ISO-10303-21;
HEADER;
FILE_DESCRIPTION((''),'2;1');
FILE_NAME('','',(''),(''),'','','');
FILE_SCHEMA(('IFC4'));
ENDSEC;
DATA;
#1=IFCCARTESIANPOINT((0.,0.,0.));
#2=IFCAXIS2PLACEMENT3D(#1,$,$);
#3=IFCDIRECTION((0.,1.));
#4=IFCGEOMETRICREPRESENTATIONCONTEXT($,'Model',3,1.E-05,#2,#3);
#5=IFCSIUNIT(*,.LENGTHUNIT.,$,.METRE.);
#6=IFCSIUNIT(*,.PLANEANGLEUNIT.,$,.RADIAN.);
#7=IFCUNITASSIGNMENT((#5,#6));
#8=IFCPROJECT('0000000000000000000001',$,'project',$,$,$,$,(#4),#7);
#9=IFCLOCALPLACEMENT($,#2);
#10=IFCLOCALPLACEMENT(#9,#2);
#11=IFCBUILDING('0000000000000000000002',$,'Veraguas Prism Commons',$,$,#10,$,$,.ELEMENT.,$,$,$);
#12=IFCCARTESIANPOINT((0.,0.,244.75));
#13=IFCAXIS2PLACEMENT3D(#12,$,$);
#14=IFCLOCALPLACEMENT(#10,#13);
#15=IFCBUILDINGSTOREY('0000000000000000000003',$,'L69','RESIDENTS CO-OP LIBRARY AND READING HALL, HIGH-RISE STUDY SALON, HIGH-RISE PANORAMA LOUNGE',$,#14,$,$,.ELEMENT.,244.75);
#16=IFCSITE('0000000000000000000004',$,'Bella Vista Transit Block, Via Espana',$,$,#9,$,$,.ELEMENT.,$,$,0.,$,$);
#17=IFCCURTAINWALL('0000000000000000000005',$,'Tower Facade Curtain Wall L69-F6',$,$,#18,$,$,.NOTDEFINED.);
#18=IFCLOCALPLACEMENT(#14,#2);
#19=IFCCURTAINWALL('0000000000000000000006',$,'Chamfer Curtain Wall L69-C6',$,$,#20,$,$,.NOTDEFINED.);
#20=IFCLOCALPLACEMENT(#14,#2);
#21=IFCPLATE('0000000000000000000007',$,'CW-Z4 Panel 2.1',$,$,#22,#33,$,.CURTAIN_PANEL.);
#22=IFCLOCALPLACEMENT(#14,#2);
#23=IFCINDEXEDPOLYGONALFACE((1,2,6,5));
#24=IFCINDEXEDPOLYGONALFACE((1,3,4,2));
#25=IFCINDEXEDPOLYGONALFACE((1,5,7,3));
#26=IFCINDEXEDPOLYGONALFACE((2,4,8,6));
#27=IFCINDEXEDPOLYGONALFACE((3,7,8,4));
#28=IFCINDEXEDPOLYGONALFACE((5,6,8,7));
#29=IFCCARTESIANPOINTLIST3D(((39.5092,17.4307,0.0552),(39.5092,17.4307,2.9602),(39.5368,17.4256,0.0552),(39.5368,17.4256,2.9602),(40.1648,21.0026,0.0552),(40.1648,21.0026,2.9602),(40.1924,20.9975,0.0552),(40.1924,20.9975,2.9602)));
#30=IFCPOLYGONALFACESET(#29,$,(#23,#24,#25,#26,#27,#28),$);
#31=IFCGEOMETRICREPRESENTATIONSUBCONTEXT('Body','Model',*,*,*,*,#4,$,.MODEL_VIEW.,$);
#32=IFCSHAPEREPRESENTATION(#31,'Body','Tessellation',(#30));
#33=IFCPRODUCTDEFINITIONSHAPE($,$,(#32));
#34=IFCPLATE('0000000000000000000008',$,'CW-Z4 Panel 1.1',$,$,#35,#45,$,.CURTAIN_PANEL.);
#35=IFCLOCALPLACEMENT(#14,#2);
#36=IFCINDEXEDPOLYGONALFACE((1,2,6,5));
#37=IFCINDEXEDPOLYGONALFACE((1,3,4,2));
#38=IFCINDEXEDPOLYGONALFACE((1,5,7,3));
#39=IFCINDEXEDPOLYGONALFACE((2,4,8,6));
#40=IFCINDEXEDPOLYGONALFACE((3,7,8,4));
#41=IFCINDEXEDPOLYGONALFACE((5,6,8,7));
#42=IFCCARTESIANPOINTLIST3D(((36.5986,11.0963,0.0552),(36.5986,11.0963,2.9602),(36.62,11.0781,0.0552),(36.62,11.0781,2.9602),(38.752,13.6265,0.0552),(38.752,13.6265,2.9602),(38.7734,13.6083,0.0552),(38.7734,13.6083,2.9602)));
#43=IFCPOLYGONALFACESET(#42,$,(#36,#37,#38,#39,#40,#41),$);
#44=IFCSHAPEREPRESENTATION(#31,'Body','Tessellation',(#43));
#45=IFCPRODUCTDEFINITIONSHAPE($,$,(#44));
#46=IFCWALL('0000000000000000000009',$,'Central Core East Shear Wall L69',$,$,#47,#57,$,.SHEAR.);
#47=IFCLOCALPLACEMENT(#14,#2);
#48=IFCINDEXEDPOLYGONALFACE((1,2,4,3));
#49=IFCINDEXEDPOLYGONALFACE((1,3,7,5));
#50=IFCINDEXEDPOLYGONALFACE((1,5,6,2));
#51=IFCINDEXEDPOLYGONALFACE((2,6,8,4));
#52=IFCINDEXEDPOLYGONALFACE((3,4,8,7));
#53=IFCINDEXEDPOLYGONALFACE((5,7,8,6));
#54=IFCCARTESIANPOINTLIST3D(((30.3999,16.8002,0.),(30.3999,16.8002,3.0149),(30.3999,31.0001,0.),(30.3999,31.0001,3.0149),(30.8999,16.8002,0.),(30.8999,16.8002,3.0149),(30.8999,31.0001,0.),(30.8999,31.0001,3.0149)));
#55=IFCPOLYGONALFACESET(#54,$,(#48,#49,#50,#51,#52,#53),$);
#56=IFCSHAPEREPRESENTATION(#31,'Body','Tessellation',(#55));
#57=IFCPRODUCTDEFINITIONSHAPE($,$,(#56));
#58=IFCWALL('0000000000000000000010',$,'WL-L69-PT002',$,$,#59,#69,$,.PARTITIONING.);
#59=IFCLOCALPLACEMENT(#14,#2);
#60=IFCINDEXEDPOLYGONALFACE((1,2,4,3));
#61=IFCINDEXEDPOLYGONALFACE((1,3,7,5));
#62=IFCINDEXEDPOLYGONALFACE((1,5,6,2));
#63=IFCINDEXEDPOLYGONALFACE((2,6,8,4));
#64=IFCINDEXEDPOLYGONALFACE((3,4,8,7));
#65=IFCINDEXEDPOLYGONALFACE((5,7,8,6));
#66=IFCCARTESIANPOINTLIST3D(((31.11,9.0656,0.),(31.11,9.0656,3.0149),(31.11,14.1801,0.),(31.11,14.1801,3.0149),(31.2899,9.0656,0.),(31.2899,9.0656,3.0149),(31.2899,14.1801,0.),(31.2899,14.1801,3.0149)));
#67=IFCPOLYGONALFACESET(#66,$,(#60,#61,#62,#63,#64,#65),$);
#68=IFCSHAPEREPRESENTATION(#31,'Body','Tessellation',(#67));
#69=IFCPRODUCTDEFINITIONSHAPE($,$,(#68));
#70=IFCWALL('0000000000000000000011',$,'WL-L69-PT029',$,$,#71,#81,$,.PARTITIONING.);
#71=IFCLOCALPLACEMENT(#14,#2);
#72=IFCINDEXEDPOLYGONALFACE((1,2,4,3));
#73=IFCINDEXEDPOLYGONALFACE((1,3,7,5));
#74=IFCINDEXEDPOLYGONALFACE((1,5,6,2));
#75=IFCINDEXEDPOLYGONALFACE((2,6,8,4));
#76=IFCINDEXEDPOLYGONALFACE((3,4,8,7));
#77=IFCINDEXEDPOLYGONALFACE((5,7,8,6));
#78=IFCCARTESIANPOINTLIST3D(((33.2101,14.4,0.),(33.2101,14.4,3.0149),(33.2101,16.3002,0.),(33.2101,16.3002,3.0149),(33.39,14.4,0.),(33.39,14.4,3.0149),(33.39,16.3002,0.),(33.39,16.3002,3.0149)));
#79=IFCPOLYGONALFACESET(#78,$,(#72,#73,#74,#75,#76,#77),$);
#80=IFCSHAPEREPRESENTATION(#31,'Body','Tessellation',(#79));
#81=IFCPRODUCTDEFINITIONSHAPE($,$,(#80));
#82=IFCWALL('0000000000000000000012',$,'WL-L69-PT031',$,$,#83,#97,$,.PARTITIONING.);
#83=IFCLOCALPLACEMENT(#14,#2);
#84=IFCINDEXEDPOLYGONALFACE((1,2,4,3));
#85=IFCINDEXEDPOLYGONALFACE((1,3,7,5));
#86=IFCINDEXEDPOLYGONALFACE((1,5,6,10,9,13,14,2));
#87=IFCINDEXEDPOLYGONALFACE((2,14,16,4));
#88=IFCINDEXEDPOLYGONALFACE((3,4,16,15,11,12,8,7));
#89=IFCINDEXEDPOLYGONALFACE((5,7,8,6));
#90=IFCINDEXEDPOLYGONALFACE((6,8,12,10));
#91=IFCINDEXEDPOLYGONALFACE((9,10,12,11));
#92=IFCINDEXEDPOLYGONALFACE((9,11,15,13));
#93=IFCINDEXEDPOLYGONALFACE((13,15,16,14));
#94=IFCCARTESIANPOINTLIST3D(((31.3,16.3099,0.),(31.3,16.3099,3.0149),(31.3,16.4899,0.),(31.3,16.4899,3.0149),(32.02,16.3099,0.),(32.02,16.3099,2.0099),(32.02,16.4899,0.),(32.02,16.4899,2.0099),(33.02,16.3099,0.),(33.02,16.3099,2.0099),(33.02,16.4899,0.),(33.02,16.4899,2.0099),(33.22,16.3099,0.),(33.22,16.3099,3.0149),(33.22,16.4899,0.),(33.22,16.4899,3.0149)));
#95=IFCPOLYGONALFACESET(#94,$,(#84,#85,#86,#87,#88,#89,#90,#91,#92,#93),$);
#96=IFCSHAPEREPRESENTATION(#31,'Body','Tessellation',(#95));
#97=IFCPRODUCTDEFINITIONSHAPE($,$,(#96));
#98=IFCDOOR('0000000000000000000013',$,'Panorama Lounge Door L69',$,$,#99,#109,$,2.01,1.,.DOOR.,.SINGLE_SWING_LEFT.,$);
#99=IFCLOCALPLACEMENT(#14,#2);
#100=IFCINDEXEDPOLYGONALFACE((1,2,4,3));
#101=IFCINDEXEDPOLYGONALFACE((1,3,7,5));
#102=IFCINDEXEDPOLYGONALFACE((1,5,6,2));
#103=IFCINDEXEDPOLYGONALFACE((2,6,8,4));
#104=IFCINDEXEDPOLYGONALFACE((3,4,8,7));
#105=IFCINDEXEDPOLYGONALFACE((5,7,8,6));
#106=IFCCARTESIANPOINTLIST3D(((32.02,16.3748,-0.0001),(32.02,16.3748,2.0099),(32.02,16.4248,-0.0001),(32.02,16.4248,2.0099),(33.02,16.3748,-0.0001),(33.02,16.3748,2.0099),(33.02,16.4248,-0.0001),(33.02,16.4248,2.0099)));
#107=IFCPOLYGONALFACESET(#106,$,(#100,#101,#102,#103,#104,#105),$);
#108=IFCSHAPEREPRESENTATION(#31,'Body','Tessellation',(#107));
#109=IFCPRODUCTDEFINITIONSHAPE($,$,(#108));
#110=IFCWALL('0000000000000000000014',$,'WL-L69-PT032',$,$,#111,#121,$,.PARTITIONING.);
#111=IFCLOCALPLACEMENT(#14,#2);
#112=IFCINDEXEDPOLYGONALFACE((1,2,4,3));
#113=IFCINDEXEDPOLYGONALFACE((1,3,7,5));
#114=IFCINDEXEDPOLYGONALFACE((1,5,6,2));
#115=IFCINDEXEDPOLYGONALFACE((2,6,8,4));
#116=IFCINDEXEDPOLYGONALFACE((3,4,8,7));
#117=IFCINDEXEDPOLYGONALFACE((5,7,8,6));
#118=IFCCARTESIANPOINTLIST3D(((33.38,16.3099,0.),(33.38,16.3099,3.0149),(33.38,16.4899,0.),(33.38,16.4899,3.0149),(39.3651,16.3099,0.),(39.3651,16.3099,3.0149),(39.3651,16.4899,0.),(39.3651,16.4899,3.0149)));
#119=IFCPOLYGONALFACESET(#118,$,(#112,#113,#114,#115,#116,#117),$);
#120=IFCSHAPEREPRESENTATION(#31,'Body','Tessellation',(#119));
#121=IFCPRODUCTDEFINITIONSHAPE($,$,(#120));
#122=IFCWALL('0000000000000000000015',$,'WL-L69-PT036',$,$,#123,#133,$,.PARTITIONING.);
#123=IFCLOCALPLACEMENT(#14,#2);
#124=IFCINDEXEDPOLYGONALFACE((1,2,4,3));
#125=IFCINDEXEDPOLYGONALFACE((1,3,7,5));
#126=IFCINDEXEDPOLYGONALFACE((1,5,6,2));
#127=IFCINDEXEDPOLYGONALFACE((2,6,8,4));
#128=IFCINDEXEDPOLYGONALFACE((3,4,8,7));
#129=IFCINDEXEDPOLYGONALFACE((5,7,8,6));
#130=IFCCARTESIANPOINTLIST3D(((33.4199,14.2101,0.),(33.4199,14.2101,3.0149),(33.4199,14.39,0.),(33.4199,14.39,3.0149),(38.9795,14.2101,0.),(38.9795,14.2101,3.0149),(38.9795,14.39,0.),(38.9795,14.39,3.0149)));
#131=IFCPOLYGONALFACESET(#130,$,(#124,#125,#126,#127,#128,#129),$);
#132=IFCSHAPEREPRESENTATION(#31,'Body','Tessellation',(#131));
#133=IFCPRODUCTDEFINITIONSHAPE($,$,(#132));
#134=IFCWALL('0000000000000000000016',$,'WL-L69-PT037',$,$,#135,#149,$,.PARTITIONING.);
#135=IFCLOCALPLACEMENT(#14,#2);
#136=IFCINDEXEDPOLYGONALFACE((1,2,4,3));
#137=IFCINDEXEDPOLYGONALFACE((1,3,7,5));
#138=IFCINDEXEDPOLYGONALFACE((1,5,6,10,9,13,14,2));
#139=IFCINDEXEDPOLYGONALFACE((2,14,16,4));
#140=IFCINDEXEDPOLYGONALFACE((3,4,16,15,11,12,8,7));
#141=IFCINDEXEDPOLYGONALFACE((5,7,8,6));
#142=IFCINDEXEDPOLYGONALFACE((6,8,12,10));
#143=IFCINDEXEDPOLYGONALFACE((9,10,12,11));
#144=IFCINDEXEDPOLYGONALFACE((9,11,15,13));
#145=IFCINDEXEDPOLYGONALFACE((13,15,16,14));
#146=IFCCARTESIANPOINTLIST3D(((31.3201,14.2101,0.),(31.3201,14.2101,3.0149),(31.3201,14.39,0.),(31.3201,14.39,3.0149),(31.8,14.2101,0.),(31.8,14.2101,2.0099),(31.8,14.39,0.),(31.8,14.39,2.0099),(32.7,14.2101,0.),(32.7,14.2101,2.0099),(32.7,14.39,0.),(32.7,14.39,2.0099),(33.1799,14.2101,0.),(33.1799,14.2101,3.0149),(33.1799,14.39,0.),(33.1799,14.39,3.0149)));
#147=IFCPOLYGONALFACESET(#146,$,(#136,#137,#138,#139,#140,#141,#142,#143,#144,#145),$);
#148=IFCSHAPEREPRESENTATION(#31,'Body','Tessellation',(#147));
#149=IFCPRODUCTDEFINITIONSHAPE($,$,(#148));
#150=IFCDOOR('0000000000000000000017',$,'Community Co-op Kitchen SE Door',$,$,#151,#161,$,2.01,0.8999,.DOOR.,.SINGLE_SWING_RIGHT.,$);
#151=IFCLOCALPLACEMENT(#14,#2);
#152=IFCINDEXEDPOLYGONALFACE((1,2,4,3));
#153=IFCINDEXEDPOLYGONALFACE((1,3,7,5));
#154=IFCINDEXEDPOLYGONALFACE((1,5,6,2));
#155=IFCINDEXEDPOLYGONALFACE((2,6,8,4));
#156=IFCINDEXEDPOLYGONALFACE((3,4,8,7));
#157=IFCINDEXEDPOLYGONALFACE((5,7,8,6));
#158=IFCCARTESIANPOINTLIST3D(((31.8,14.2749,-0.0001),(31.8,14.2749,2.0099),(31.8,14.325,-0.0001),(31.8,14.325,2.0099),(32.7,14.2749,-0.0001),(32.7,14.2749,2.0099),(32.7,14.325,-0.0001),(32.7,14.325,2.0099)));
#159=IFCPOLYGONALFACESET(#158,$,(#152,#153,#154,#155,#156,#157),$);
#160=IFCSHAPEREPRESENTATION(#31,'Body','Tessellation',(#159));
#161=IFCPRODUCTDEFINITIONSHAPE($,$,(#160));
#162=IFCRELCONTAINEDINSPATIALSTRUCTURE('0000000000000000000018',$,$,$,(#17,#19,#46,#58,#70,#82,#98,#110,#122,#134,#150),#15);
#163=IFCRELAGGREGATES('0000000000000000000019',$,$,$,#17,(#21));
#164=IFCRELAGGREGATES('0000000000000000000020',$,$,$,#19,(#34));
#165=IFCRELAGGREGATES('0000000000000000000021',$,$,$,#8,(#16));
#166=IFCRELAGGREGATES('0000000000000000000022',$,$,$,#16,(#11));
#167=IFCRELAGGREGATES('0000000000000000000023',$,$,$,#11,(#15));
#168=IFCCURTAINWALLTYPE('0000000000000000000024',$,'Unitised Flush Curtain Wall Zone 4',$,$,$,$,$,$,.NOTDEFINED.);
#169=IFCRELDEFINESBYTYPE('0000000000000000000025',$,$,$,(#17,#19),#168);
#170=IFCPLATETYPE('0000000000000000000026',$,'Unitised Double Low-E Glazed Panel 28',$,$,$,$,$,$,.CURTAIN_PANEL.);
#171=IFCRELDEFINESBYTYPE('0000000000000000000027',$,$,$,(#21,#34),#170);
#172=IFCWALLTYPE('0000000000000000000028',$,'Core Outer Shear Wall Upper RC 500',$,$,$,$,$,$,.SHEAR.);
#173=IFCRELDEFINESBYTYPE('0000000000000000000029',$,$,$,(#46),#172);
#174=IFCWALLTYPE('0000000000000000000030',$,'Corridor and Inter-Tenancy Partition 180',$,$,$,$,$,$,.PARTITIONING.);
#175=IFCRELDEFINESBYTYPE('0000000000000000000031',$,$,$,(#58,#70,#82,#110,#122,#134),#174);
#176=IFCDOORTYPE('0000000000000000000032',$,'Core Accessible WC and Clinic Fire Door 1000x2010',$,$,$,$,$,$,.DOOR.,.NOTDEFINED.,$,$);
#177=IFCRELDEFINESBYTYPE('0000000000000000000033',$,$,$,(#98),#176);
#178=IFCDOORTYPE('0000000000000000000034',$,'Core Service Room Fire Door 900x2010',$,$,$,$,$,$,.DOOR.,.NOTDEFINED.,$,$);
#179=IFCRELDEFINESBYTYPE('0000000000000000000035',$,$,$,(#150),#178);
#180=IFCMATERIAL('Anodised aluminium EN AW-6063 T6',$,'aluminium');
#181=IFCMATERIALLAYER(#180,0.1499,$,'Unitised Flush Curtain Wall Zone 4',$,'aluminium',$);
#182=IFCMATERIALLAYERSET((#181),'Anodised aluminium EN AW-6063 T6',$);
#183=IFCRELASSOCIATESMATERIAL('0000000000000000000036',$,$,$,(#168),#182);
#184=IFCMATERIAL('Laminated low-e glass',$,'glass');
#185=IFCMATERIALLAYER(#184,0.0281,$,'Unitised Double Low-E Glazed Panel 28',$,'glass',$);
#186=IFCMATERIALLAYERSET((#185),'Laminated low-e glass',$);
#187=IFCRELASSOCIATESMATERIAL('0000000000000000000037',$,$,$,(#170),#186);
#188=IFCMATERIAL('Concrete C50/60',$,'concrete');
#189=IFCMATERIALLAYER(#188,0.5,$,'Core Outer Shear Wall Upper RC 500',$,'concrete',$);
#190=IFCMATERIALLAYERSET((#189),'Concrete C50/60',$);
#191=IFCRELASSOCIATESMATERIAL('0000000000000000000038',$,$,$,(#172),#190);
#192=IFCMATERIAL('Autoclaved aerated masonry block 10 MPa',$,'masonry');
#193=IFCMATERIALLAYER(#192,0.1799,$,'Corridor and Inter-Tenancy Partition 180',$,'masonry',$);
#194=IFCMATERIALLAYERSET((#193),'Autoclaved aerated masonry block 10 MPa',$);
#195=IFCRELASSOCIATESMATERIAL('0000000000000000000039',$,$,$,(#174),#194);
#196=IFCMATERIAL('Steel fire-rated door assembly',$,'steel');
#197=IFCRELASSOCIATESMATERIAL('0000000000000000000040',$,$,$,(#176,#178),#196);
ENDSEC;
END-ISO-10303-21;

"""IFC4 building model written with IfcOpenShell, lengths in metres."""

from ifc_helpers import new_model, si_unit, direction, frame, frame_2d, origin, origin_2d, place, context, subcontext, project, spatial, rectangle, extrude, source, transform, mapped, material, layer, layer_set, type_object, element, fill, aggregate, save


model = new_model("IFC4")

# Units and contexts
model_context = context("Model", 3, precision=1e-05, world=origin(), true_north=direction((0.0, 1.0)))
body_context = subcontext(model_context, "Body", "Model", "MODEL_VIEW")
ifc_project = project(units=[si_unit("LENGTHUNIT", "METRE"), si_unit("PLANEANGLEUNIT", "RADIAN")], contexts=[model_context])

# Site, building, storey
site_placement = place(None, origin())
site = spatial("IfcSite", under=ifc_project, at=site_placement, Name="Bella Vista Transit Block, Via Espana", CompositionType="ELEMENT", RefElevation=0.0)
building_placement = place(site_placement, origin())
building = spatial("IfcBuilding", under=site, at=building_placement, Name="Veraguas Prism Commons", CompositionType="ELEMENT")
storey_placement = place(building_placement, frame((0.0, 0.0, 244.75)))
storey = spatial("IfcBuildingStorey", under=building, at=storey_placement, Name="L69", Description="RESIDENTS CO-OP LIBRARY AND READING HALL, HIGH-RISE STUDY SALON, HIGH-RISE PANORAMA LOUNGE", CompositionType="ELEMENT", Elevation=244.75)

# Shared definitions
ifc_material_1 = material(Name="Concrete C50/60", Category="concrete")

# Curtain walls
ifc_material_2 = material(Name="Anodised aluminium EN AW-6063 T6", Category="aluminium")
ifc_layer_1 = layer(ifc_material_2, 0.1499, Name="Unitised Flush Curtain Wall Zone 4", Category="aluminium")
ifc_layer_set_1 = layer_set([ifc_layer_1], Name="Anodised aluminium EN AW-6063 T6")
curtain_wall_type = type_object("IfcCurtainWallType", Name="Unitised Flush Curtain Wall Zone 4", PredefinedType="NOTDEFINED", material=ifc_layer_set_1)
curtain_wall_1_placement = place(storey_placement, origin())
curtain_wall_1 = element("IfcCurtainWall", 1, at=curtain_wall_1_placement, inside=storey, type_object=curtain_wall_type, Name="Tower Facade Curtain Wall L69-F6", PredefinedType="NOTDEFINED")
curtain_wall_2_placement = place(storey_placement, origin())
curtain_wall_2 = element("IfcCurtainWall", 2, at=curtain_wall_2_placement, inside=storey, type_object=curtain_wall_type, Name="Chamfer Curtain Wall L69-C6", PredefinedType="NOTDEFINED")

# Plates
ifc_material_3 = material(Name="Laminated low-e glass", Category="glass")
ifc_layer_2 = layer(ifc_material_3, 0.0281, Name="Unitised Double Low-E Glazed Panel 28", Category="glass")
ifc_layer_set_2 = layer_set([ifc_layer_2], Name="Laminated low-e glass")
plate_type = type_object("IfcPlateType", Name="Unitised Double Low-E Glazed Panel 28", PredefinedType="CURTAIN_PANEL", material=ifc_layer_set_2)
shared_shape_1 = source(origin(), body_context, "Body", "SweptSolid", [
    extrude(rectangle(XDim=3.6316, YDim=0.0281, at=origin_2d()), origin(), (0.0, 0.0, 1.0), 2.905),
])
plate_1_placement = place(storey_placement, frame((39.8508, 19.2141, 0.0552), z_axis=(0.0, 0.0, 1.0), x_axis=(0.180524, 0.983571, 0.0)))
plate_1 = element("IfcPlate", 3, at=plate_1_placement, type_object=plate_type, Name="CW-Z4 Panel 2.1", PredefinedType="CURTAIN_PANEL", context=body_context, shape_type="MappedRepresentation", body=[
    mapped(shared_shape_1, transform((0.0, 0.0, 0.0), scale=1.0)),
])
aggregate(curtain_wall_1, [plate_1])
shared_shape_2 = source(origin(), body_context, "Body", "SweptSolid", [
    extrude(rectangle(XDim=3.3225, YDim=0.0281, at=origin_2d()), origin(), (0.0, 0.0, 1.0), 2.905),
])
plate_2_placement = place(storey_placement, frame((37.686, 12.3523, 0.0552), z_axis=(0.0, 0.0, 1.0), x_axis=(0.648125, 0.761534, 0.0)))
plate_2 = element("IfcPlate", 4, at=plate_2_placement, type_object=plate_type, Name="CW-Z4 Panel 1.1", PredefinedType="CURTAIN_PANEL", context=body_context, shape_type="MappedRepresentation", body=[
    mapped(shared_shape_2, transform((0.0, 0.0, 0.0), scale=1.0)),
])
aggregate(curtain_wall_2, [plate_2])

# Walls
ifc_layer_3 = layer(ifc_material_1, 0.5, Name="Core Outer Shear Wall Upper RC 500", Category="concrete")
ifc_layer_set_3 = layer_set([ifc_layer_3], Name="Concrete C50/60")
wall_type_1 = type_object("IfcWallType", Name="Core Outer Shear Wall Upper RC 500", PredefinedType="SHEAR", material=ifc_layer_set_3)
wall_1_placement = place(storey_placement, frame((30.6499, 16.8, 0.0), z_axis=(0.0, 0.0, 1.0), x_axis=(0.0, 1.0, 0.0)))
element("IfcWall", 5, at=wall_1_placement, inside=storey, type_object=wall_type_1, Name="Central Core East Shear Wall L69", PredefinedType="SHEAR", context=body_context, shape_type="SweptSolid", body=[
    extrude(rectangle(XDim=14.2, YDim=0.5, at=frame_2d((7.1001, 0.0))), origin(), (0.0, 0.0, 1.0), 3.0149),
])
ifc_material_4 = material(Name="Autoclaved aerated masonry block 10 MPa", Category="masonry")
ifc_layer_4 = layer(ifc_material_4, 0.1799, Name="Corridor and Inter-Tenancy Partition 180", Category="masonry")
ifc_layer_set_4 = layer_set([ifc_layer_4], Name="Autoclaved aerated masonry block 10 MPa")
wall_type_2 = type_object("IfcWallType", Name="Corridor and Inter-Tenancy Partition 180", PredefinedType="PARTITIONING", material=ifc_layer_set_4)
wall_2_placement = place(storey_placement, frame((31.2, 14.1799, 0.0), z_axis=(0.0, 0.0, 1.0), x_axis=(0.0, -1.0, 0.0)))
element("IfcWall", 6, at=wall_2_placement, inside=storey, type_object=wall_type_2, Name="WL-L69-PT002", PredefinedType="PARTITIONING", context=body_context, shape_type="SweptSolid", body=[
    extrude(rectangle(XDim=5.1145, YDim=0.1799, at=frame_2d((2.5571, 0.0))), origin(), (0.0, 0.0, 1.0), 3.0149),
])
wall_3_placement = place(storey_placement, frame((33.3, 14.3999, 0.0), z_axis=(0.0, 0.0, 1.0), x_axis=(0.0, 1.0, 0.0)))
element("IfcWall", 7, at=wall_3_placement, inside=storey, type_object=wall_type_2, Name="WL-L69-PT029", PredefinedType="PARTITIONING", context=body_context, shape_type="SweptSolid", body=[
    extrude(rectangle(XDim=1.9001, YDim=0.1799, at=frame_2d((0.9502, 0.0))), origin(), (0.0, 0.0, 1.0), 3.0149),
])

# Wall, opening, door
wall_4_placement = place(storey_placement, frame((31.3, 16.3999, 0.0), z_axis=(0.0, 0.0, 1.0), x_axis=(1.0, 0.0, 0.0)))
wall_4 = element("IfcWall", 8, at=wall_4_placement, inside=storey, type_object=wall_type_2, Name="WL-L69-PT031", PredefinedType="PARTITIONING", context=body_context, shape_type="SweptSolid", body=[
    extrude(rectangle(XDim=1.9199, YDim=0.1799, at=frame_2d((0.96, 0.0))), origin(), (0.0, 0.0, 1.0), 3.0149),
])
opening_1_placement = place(wall_4_placement, frame((0.72, 0.0, 0.0)))
opening_1 = element("IfcOpeningElement", 9, at=opening_1_placement, cuts=wall_4, PredefinedType="OPENING", context=body_context, shape_type="SweptSolid", body=[
    extrude(rectangle(XDim=1.0, YDim=2.01, at=frame_2d((0.5, 1.0049))), frame((0.0, 0.0999, 0.0), z_axis=(0.0, -1.0, 0.0), x_axis=(1.0, 0.0, 0.0)), (0.0, 0.0, 1.0), 0.2),
])
ifc_material_5 = material(Name="Steel fire-rated door assembly", Category="steel")
door_type_1 = type_object("IfcDoorType", Name="Core Accessible WC and Clinic Fire Door 1000x2010", OperationType="NOTDEFINED", PredefinedType="DOOR", material=ifc_material_5)
shared_shape_3 = source(origin(), body_context, "Body", "SweptSolid", [
    extrude(rectangle(XDim=1.0, YDim=2.01, at=frame_2d((0.5, 1.0049))), frame((0.0, 0.0249, 0.0), z_axis=(0.0, -1.0, 0.0), x_axis=(1.0, 0.0, 0.0)), (0.0, 0.0, 1.0), 0.05),
])
door_1_placement = place(opening_1_placement, origin())
door_1 = element("IfcDoor", 10, at=door_1_placement, inside=storey, type_object=door_type_1, Name="Panorama Lounge Door L69", OperationType="SINGLE_SWING_LEFT", OverallHeight=2.01, OverallWidth=1.0, PredefinedType="DOOR", context=body_context, shape_type="MappedRepresentation", body=[
    mapped(shared_shape_3, transform((0.0, 0.0, 0.0), scale=1.0)),
])
fill(opening_1, door_1)

# Walls
wall_5_placement = place(storey_placement, frame((33.3799, 16.3999, 0.0), z_axis=(0.0, 0.0, 1.0), x_axis=(1.0, 0.0, 0.0)))
element("IfcWall", 11, at=wall_5_placement, inside=storey, type_object=wall_type_2, Name="WL-L69-PT032", PredefinedType="PARTITIONING", context=body_context, shape_type="SweptSolid", body=[
    extrude(rectangle(XDim=5.9851, YDim=0.1799, at=frame_2d((2.9927, 0.0))), origin(), (0.0, 0.0, 1.0), 3.0149),
])
wall_6_placement = place(storey_placement, frame((33.4199, 14.3, 0.0), z_axis=(0.0, 0.0, 1.0), x_axis=(1.0, 0.0, 0.0)))
element("IfcWall", 12, at=wall_6_placement, inside=storey, type_object=wall_type_2, Name="WL-L69-PT036", PredefinedType="PARTITIONING", context=body_context, shape_type="SweptSolid", body=[
    extrude(rectangle(XDim=5.5596, YDim=0.1799, at=frame_2d((2.7798, 0.0))), origin(), (0.0, 0.0, 1.0), 3.0149),
])

# Wall, opening, door
wall_7_placement = place(storey_placement, frame((31.3201, 14.3, 0.0), z_axis=(0.0, 0.0, 1.0), x_axis=(1.0, 0.0, 0.0)))
wall_7 = element("IfcWall", 13, at=wall_7_placement, inside=storey, type_object=wall_type_2, Name="WL-L69-PT037", PredefinedType="PARTITIONING", context=body_context, shape_type="SweptSolid", body=[
    extrude(rectangle(XDim=1.8599, YDim=0.1799, at=frame_2d((0.9299, 0.0))), origin(), (0.0, 0.0, 1.0), 3.0149),
])
opening_2_placement = place(wall_7_placement, frame((0.48, 0.0, 0.0)))
opening_2 = element("IfcOpeningElement", 14, at=opening_2_placement, cuts=wall_7, PredefinedType="OPENING", context=body_context, shape_type="SweptSolid", body=[
    extrude(rectangle(XDim=0.8999, YDim=2.01, at=frame_2d((0.45, 1.0049))), frame((0.0, 0.0999, 0.0), z_axis=(0.0, -1.0, 0.0), x_axis=(1.0, 0.0, 0.0)), (0.0, 0.0, 1.0), 0.2),
])
door_type_2 = type_object("IfcDoorType", Name="Core Service Room Fire Door 900x2010", OperationType="NOTDEFINED", PredefinedType="DOOR", material=ifc_material_5)
shared_shape_4 = source(origin(), body_context, "Body", "SweptSolid", [
    extrude(rectangle(XDim=0.8999, YDim=2.01, at=frame_2d((0.45, 1.0049))), frame((0.0, 0.0249, 0.0), z_axis=(0.0, -1.0, 0.0), x_axis=(1.0, 0.0, 0.0)), (0.0, 0.0, 1.0), 0.05),
])
door_2_placement = place(opening_2_placement, origin())
door_2 = element("IfcDoor", 15, at=door_2_placement, inside=storey, type_object=door_type_2, Name="Community Co-op Kitchen SE Door", OperationType="SINGLE_SWING_RIGHT", OverallHeight=2.01, OverallWidth=0.8999, PredefinedType="DOOR", context=body_context, shape_type="MappedRepresentation", body=[
    mapped(shared_shape_4, transform((0.0, 0.0, 0.0), scale=1.0)),
])
fill(opening_2, door_2)

save(model, "model.ifc")
